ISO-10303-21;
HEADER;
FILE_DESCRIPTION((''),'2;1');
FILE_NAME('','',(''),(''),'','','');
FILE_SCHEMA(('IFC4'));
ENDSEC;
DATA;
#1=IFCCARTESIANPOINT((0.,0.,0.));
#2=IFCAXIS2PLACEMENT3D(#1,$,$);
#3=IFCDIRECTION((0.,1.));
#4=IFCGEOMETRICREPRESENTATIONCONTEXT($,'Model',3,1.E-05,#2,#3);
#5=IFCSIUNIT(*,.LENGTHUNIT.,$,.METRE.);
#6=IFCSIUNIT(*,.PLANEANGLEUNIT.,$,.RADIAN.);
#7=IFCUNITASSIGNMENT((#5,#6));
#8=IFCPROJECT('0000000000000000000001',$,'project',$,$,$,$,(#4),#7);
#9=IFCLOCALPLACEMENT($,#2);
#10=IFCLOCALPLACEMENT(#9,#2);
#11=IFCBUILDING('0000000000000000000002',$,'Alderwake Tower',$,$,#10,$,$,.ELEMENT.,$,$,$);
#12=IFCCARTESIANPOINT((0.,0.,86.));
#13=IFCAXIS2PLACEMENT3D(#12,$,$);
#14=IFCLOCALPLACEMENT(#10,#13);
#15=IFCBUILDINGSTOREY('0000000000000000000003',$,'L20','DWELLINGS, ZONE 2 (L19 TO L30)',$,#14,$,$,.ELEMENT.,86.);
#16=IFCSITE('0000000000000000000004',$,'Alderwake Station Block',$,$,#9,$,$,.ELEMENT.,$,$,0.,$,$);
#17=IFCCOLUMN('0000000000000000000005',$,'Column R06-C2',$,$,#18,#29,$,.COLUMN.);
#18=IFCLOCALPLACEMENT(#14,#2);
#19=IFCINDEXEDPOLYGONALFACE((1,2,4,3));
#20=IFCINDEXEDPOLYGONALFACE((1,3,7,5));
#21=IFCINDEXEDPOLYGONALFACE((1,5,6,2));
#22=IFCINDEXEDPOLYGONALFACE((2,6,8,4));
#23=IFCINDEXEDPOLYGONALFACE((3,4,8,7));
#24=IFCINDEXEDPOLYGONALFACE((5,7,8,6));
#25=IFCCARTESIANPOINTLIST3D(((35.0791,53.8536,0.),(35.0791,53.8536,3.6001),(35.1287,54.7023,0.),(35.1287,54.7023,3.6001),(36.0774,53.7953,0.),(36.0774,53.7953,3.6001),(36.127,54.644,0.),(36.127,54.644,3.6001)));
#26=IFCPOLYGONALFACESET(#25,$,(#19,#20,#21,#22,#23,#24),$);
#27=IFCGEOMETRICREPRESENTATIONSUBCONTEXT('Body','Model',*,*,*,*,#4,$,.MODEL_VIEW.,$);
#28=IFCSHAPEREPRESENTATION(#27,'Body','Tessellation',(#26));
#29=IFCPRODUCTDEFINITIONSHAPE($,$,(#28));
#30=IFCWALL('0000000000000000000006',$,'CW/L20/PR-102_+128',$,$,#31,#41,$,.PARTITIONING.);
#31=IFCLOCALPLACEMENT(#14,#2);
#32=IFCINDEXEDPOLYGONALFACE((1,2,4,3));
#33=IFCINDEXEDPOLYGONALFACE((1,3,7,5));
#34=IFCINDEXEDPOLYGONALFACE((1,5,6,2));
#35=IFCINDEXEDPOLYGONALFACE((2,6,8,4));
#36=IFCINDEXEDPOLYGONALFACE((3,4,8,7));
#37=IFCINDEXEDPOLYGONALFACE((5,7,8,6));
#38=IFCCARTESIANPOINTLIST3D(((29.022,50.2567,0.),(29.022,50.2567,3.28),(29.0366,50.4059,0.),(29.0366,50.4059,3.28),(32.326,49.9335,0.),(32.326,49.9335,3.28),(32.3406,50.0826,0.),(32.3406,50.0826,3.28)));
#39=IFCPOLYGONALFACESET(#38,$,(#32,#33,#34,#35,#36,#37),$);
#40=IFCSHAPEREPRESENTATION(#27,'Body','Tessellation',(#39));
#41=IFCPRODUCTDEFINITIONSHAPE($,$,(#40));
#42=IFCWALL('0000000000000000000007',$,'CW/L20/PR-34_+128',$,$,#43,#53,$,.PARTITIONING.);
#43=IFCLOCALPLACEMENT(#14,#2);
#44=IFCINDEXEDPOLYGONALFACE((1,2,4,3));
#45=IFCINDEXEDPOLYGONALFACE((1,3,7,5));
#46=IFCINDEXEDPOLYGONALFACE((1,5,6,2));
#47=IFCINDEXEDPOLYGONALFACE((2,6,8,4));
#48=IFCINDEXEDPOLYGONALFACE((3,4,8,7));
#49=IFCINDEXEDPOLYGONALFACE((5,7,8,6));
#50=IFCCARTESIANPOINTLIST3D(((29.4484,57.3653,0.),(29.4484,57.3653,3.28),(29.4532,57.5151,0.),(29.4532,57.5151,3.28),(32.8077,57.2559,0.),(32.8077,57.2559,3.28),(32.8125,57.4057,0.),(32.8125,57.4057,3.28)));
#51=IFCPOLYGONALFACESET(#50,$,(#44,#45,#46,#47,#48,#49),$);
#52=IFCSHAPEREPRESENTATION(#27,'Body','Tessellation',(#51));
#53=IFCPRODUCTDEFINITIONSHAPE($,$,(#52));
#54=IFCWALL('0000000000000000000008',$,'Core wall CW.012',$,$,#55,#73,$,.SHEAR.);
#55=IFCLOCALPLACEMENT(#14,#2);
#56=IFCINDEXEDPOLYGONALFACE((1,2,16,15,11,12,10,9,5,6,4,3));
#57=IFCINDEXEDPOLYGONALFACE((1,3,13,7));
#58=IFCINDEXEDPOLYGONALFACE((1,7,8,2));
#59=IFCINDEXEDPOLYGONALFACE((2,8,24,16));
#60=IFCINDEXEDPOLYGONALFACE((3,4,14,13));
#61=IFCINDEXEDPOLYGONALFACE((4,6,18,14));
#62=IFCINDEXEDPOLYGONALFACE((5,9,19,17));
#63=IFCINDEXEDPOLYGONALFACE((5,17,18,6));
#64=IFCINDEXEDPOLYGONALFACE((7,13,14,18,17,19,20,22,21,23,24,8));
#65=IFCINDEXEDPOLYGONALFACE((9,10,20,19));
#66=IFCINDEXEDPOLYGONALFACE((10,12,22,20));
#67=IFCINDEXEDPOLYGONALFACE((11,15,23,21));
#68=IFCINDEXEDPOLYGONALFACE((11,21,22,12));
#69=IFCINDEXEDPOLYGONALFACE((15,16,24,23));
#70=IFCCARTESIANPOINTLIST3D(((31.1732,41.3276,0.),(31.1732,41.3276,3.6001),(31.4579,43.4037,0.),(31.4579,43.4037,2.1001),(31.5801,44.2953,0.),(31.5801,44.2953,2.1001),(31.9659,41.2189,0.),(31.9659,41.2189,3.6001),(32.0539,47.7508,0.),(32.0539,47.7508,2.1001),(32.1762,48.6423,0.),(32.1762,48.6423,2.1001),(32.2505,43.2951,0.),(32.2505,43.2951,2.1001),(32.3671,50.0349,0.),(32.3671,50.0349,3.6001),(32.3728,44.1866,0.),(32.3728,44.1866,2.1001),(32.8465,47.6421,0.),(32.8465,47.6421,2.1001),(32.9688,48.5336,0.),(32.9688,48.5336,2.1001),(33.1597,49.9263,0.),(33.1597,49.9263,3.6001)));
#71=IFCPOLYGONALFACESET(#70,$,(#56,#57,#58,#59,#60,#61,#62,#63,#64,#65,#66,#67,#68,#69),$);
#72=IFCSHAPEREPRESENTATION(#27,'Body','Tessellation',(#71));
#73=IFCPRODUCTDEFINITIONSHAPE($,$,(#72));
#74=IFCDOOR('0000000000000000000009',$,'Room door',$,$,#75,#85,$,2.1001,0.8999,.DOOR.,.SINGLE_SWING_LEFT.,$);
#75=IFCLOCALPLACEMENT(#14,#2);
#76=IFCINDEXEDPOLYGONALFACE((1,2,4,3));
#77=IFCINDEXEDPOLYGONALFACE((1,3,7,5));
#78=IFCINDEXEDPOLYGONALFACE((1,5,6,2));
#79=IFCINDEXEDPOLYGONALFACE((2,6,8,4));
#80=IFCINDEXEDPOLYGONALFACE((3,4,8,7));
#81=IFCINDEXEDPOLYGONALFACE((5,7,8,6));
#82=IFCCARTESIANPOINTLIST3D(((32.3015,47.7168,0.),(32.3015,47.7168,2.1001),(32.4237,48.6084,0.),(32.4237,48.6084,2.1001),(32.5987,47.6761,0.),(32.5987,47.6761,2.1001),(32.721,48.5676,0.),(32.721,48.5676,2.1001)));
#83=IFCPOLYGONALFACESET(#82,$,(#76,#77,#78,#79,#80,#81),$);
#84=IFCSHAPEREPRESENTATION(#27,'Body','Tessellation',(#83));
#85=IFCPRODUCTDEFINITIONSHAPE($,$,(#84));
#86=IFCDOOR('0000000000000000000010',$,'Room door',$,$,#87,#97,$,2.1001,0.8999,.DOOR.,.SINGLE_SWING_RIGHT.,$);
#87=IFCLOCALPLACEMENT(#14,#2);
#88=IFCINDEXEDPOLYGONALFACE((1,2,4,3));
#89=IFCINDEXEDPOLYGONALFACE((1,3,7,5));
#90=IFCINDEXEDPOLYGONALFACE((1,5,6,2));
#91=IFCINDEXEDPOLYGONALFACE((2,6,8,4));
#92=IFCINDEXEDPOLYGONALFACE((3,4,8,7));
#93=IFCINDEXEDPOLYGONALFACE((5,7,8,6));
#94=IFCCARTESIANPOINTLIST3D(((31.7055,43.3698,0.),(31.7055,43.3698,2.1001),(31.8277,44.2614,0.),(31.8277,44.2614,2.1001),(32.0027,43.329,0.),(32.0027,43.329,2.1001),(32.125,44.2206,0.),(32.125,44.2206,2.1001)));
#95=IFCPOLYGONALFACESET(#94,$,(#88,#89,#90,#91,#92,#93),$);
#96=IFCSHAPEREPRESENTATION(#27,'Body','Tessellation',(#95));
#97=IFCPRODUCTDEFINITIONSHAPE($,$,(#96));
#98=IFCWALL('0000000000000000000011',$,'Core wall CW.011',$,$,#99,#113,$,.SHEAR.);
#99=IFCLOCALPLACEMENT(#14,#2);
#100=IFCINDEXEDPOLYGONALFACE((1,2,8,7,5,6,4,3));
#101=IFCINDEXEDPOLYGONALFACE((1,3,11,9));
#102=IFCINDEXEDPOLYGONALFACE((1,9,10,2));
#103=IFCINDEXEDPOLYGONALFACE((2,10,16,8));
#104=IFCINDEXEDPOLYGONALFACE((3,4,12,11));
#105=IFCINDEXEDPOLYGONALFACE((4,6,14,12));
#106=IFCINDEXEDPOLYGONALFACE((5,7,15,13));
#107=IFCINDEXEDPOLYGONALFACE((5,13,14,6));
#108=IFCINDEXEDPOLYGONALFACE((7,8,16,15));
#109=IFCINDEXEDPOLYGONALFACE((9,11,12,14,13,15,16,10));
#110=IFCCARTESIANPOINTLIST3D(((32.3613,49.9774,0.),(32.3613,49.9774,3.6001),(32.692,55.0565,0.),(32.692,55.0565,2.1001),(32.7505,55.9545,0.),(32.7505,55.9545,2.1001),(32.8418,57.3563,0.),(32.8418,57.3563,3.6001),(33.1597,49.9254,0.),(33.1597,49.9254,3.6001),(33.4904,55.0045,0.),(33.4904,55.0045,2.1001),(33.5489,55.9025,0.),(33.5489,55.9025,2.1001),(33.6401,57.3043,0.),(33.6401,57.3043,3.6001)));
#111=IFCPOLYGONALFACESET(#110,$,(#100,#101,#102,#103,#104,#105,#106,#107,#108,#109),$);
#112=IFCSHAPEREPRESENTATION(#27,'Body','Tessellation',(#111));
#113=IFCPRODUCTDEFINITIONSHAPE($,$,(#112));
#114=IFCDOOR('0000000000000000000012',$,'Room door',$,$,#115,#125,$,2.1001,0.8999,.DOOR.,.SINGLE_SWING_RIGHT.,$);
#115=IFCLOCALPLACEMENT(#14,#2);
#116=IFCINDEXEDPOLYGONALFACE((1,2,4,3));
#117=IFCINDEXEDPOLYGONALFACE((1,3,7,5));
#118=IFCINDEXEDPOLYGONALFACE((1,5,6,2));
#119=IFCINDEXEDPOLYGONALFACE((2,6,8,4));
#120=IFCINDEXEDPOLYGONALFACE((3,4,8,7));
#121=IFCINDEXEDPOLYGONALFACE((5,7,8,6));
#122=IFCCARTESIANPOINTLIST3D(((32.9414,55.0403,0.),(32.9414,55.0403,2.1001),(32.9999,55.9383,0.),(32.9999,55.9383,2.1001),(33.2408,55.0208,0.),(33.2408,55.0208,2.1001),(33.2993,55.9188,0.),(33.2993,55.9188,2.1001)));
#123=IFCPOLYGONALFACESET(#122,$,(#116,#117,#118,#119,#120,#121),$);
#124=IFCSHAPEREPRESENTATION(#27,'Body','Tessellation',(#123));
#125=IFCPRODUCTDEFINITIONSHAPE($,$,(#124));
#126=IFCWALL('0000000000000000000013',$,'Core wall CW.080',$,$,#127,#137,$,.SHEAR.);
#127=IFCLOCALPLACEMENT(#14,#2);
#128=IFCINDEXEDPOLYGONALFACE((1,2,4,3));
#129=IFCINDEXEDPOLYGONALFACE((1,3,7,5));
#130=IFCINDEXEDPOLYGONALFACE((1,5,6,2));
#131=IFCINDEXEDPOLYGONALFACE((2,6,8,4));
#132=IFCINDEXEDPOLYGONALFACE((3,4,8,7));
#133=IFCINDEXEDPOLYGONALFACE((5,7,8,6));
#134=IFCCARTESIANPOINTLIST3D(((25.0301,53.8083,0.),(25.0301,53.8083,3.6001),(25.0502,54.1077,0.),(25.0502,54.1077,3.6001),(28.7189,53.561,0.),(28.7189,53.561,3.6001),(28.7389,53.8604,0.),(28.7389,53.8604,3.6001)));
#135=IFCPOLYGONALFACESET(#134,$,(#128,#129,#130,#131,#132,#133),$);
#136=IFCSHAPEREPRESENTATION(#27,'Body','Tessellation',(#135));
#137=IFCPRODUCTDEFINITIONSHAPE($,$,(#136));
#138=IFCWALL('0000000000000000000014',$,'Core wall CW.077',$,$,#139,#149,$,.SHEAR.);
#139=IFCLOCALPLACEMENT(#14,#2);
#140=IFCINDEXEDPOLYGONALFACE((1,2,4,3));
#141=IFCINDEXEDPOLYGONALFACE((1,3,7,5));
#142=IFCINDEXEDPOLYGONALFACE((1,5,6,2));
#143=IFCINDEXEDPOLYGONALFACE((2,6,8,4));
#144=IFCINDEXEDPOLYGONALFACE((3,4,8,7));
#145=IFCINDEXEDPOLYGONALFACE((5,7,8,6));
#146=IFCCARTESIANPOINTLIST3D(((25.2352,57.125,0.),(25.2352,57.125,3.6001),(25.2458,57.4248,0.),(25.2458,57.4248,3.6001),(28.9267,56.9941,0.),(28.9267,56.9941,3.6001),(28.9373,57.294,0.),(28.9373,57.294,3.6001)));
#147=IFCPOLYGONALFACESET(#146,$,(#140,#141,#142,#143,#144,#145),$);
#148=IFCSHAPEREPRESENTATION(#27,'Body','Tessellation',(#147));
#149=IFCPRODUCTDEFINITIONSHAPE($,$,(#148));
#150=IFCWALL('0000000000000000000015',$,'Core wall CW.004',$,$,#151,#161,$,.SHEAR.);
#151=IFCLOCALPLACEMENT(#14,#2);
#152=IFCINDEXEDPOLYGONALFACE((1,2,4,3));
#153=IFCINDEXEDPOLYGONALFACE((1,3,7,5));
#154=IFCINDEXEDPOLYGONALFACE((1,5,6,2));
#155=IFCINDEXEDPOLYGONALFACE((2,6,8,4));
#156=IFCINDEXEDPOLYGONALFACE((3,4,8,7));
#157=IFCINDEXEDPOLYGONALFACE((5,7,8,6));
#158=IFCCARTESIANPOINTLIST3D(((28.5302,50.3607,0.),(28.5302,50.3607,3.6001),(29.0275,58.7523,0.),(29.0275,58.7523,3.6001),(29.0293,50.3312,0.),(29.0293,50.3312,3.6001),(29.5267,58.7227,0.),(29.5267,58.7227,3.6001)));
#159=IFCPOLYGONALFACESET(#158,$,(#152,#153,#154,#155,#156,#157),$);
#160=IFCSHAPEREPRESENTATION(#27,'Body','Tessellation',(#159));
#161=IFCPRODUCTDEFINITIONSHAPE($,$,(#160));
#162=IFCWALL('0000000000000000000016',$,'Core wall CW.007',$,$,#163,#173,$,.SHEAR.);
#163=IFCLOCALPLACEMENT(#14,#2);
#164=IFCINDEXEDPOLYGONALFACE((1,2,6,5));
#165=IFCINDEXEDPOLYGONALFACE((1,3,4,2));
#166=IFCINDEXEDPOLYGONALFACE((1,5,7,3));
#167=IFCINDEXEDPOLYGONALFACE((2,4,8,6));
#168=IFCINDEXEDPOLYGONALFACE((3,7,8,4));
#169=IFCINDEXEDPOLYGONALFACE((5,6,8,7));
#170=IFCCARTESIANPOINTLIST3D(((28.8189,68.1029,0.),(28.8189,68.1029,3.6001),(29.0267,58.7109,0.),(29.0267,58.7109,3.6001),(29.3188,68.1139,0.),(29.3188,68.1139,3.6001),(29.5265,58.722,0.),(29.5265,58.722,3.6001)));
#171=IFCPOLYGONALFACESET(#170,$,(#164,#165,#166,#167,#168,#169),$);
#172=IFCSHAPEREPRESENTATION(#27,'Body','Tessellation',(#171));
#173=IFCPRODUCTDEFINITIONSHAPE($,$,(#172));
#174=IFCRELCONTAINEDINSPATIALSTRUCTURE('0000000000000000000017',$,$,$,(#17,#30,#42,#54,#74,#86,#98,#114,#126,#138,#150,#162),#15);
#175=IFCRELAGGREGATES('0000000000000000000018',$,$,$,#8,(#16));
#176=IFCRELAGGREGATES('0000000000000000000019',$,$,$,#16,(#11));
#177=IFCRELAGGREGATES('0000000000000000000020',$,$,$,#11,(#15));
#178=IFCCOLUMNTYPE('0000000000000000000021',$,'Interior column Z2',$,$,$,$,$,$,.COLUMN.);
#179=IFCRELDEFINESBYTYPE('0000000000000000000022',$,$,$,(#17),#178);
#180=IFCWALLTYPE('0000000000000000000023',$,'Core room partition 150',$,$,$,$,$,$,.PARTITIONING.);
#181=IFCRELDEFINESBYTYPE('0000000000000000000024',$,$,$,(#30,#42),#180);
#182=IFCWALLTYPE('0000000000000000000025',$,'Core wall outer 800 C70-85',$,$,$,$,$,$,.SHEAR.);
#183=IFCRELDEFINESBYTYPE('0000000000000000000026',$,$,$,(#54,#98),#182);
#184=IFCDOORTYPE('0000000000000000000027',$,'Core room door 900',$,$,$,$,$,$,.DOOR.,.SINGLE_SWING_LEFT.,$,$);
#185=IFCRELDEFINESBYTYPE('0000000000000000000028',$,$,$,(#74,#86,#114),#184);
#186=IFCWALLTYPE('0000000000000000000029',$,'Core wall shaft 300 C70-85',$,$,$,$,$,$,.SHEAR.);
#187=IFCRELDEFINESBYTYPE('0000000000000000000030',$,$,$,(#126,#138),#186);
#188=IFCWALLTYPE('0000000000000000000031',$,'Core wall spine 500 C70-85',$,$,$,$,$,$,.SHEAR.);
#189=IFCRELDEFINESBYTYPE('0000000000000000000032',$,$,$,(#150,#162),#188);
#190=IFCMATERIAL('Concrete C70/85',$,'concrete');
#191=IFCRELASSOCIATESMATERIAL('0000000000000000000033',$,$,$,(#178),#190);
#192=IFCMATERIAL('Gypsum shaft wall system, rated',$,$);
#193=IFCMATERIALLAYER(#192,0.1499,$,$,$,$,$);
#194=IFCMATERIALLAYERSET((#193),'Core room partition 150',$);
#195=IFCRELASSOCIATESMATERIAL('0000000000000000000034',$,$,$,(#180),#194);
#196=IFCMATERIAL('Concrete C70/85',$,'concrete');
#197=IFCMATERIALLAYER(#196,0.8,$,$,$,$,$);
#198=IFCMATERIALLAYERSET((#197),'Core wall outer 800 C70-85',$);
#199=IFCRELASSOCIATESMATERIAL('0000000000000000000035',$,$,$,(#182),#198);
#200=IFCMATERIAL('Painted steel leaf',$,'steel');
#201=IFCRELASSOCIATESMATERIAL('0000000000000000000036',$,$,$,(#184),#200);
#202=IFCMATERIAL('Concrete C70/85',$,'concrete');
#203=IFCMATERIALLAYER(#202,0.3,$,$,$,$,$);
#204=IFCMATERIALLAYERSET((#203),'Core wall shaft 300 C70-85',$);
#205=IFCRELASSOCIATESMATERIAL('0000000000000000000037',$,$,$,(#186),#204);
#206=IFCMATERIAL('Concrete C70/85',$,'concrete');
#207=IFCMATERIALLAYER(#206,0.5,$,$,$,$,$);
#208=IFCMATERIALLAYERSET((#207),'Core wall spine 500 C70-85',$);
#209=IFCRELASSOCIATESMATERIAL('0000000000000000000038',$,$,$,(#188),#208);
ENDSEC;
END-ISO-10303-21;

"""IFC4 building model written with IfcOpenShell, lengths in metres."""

from ifc_helpers import new_model, si_unit, direction, frame, frame_2d, origin, origin_2d, place, context, subcontext, project, spatial, rectangle, extrude, material, layer, layer_set, material_profile, profile_set, type_object, element, fill, save


model = new_model("IFC4")

# Units and contexts
model_context = context("Model", 3, precision=1e-05, world=origin(), true_north=direction((0.0, 1.0)))
body_context = subcontext(model_context, "Body", "Model", "MODEL_VIEW")
ifc_project = project(units=[si_unit("LENGTHUNIT", "METRE"), si_unit("PLANEANGLEUNIT", "RADIAN")], contexts=[model_context])

# Site, building, storey
site_placement = place(None, origin())
site = spatial("IfcSite", under=ifc_project, at=site_placement, Name="Alderwake Station Block", CompositionType="ELEMENT", RefElevation=0.0)
building_placement = place(site_placement, origin())
building = spatial("IfcBuilding", under=site, at=building_placement, Name="Alderwake Tower", CompositionType="ELEMENT")
storey_placement = place(building_placement, frame((0.0, 0.0, 86.0)))
storey = spatial("IfcBuildingStorey", under=building, at=storey_placement, Name="L20", Description="DWELLINGS, ZONE 2 (L19 TO L30)", CompositionType="ELEMENT", Elevation=86.0)

# Column
ifc_material_1 = material(Name="Concrete C70/85", Category="concrete")
ifc_material_profile = material_profile(ifc_material_1, rectangle(XDim=0.8501, YDim=1.0, at=origin_2d()), Name="RC 1000X850")
ifc_profile_set = profile_set([ifc_material_profile], Name="Concrete C70/85")
column_type = type_object("IfcColumnType", Name="Interior column Z2", PredefinedType="COLUMN", material=ifc_profile_set)
column_placement = place(storey_placement, frame((35.603, 54.2488, 0.0), z_axis=(0.0, 0.0, 1.0), x_axis=(0.058301, 0.998299, 0.0)))
element("IfcColumn", 1, at=column_placement, inside=storey, type_object=column_type, Name="Column R06-C2", PredefinedType="COLUMN", context=body_context, shape_type="SweptSolid", body=[
    extrude(rectangle(XDim=0.8501, YDim=1.0, at=origin_2d()), origin(), (0.0, 0.0, 1.0), 3.6001),
])

# Walls
ifc_material_2 = material(Name="Gypsum shaft wall system, rated")
ifc_layer_1 = layer(ifc_material_2, 0.1499)
ifc_layer_set_1 = layer_set([ifc_layer_1], Name="Core room partition 150")
wall_type_1 = type_object("IfcWallType", Name="Core room partition 150", PredefinedType="PARTITIONING", material=ifc_layer_set_1)
wall_1_placement = place(storey_placement, frame((29.0293, 50.3313, 0.0), z_axis=(0.0, 0.0, 1.0), x_axis=(0.995248, -0.09737, 0.0)))
element("IfcWall", 2, at=wall_1_placement, inside=storey, type_object=wall_type_1, Name="CW/L20/PR-102_+128", PredefinedType="PARTITIONING", context=body_context, shape_type="SweptSolid", body=[
    extrude(rectangle(XDim=3.3198, YDim=0.1499, at=frame_2d((1.6599, 0.0))), origin(), (0.0, 0.0, 1.0), 3.28),
])
wall_2_placement = place(storey_placement, frame((29.4507, 57.4402, 0.0), z_axis=(0.0, 0.0, 1.0), x_axis=(0.99947, -0.032541, 0.0)))
element("IfcWall", 3, at=wall_2_placement, inside=storey, type_object=wall_type_1, Name="CW/L20/PR-34_+128", PredefinedType="PARTITIONING", context=body_context, shape_type="SweptSolid", body=[
    extrude(rectangle(XDim=3.3611, YDim=0.1499, at=frame_2d((1.6807, 0.0))), origin(), (0.0, 0.0, 1.0), 3.28),
])

# Wall, openings, doors
ifc_material_3 = material(Name="Concrete C70/85", Category="concrete")
ifc_layer_2 = layer(ifc_material_3, 0.8)
ifc_layer_set_2 = layer_set([ifc_layer_2], Name="Core wall outer 800 C70-85")
wall_type_2 = type_object("IfcWallType", Name="Core wall outer 800 C70-85", PredefinedType="SHEAR", material=ifc_layer_set_2)
wall_3_placement = place(storey_placement, frame((32.7634, 49.9807, 0.0), z_axis=(0.0, 0.0, 1.0), x_axis=(-0.135838, -0.990731, 0.0)))
wall_3 = element("IfcWall", 4, at=wall_3_placement, inside=storey, type_object=wall_type_2, Name="Core wall CW.012", PredefinedType="SHEAR", context=body_context, shape_type="SweptSolid", body=[
    extrude(rectangle(XDim=8.7888, YDim=0.8, at=frame_2d((4.3945, 0.0))), origin(), (0.0, 0.0, 1.0), 3.6001),
])
opening_1_placement = place(wall_3_placement, frame((1.4058, 0.0, 0.0)))
opening_1 = element("IfcOpeningElement", 5, at=opening_1_placement, cuts=wall_3, PredefinedType="OPENING", context=body_context, shape_type="SweptSolid", body=[
    extrude(rectangle(XDim=0.8999, YDim=2.1001, at=frame_2d((0.45, 1.05))), frame((0.0, 0.4099, 0.0), z_axis=(0.0, -1.0, 0.0), x_axis=(1.0, 0.0, 0.0)), (0.0, 0.0, 1.0), 0.8201),
])
opening_2_placement = place(wall_3_placement, frame((5.7935, 0.0, 0.0)))
opening_2 = element("IfcOpeningElement", 6, at=opening_2_placement, cuts=wall_3, PredefinedType="OPENING", context=body_context, shape_type="SweptSolid", body=[
    extrude(rectangle(XDim=0.8999, YDim=2.1001, at=frame_2d((0.45, 1.05))), frame((0.0, 0.4099, 0.0), z_axis=(0.0, -1.0, 0.0), x_axis=(1.0, 0.0, 0.0)), (0.0, 0.0, 1.0), 0.8201),
])
ifc_material_4 = material(Name="Painted steel leaf", Category="steel")
door_type_1 = type_object("IfcDoorType", Name="Core room door 900", OperationType="SINGLE_SWING_LEFT", PredefinedType="DOOR", material=ifc_material_4)
door_1_placement = place(opening_1_placement, origin())
door_1 = element("IfcDoor", 7, at=door_1_placement, inside=storey, type_object=door_type_1, Name="Room door", OperationType="SINGLE_SWING_LEFT", OverallHeight=2.1001, OverallWidth=0.8999, PredefinedType="DOOR", context=body_context, shape_type="SweptSolid", body=[
    extrude(rectangle(XDim=0.8999, YDim=2.1001, at=frame_2d((0.45, 1.05))), frame((0.0, 0.1499, 0.0), z_axis=(0.0, -1.0, 0.0), x_axis=(1.0, 0.0, 0.0)), (0.0, 0.0, 1.0), 0.3),
])
fill(opening_1, door_1)
door_2_placement = place(opening_2_placement, origin())
door_2 = element("IfcDoor", 8, at=door_2_placement, inside=storey, type_object=door_type_1, Name="Room door", OperationType="SINGLE_SWING_RIGHT", OverallHeight=2.1001, OverallWidth=0.8999, PredefinedType="DOOR", context=body_context, shape_type="SweptSolid", body=[
    extrude(rectangle(XDim=0.8999, YDim=2.1001, at=frame_2d((0.45, 1.05))), frame((0.0, 0.1499, 0.0), z_axis=(0.0, -1.0, 0.0), x_axis=(1.0, 0.0, 0.0)), (0.0, 0.0, 1.0), 0.3),
])
fill(opening_2, door_2)

# Wall, opening, door
wall_4_placement = place(storey_placement, frame((33.241, 57.3303, 0.0), z_axis=(0.0, 0.0, 1.0), x_axis=(-0.064976, -0.997887, 0.0)))
wall_4 = element("IfcWall", 9, at=wall_4_placement, inside=storey, type_object=wall_type_2, Name="Core wall CW.011", PredefinedType="SHEAR", context=body_context, shape_type="SweptSolid", body=[
    extrude(rectangle(XDim=7.3945, YDim=0.8, at=frame_2d((3.6973, 0.0))), origin(), (0.0, 0.0, 1.0), 3.6001),
])
opening_3_placement = place(wall_4_placement, frame((1.4048, 0.0, 0.0)))
opening_3 = element("IfcOpeningElement", 10, at=opening_3_placement, cuts=wall_4, PredefinedType="OPENING", context=body_context, shape_type="SweptSolid", body=[
    extrude(rectangle(XDim=0.8999, YDim=2.1001, at=frame_2d((0.45, 1.05))), frame((0.0, 0.4099, 0.0), z_axis=(0.0, -1.0, 0.0), x_axis=(1.0, 0.0, 0.0)), (0.0, 0.0, 1.0), 0.8201),
])
door_3_placement = place(opening_3_placement, origin())
door_3 = element("IfcDoor", 11, at=door_3_placement, inside=storey, type_object=door_type_1, Name="Room door", OperationType="SINGLE_SWING_RIGHT", OverallHeight=2.1001, OverallWidth=0.8999, PredefinedType="DOOR", context=body_context, shape_type="SweptSolid", body=[
    extrude(rectangle(XDim=0.8999, YDim=2.1001, at=frame_2d((0.45, 1.05))), frame((0.0, 0.1499, 0.0), z_axis=(0.0, -1.0, 0.0), x_axis=(1.0, 0.0, 0.0)), (0.0, 0.0, 1.0), 0.3),
])
fill(opening_3, door_3)

# Walls
ifc_material_5 = material(Name="Concrete C70/85", Category="concrete")
ifc_layer_3 = layer(ifc_material_5, 0.3)
ifc_layer_set_3 = layer_set([ifc_layer_3], Name="Core wall shaft 300 C70-85")
wall_type_3 = type_object("IfcWallType", Name="Core wall shaft 300 C70-85", PredefinedType="SHEAR", material=ifc_layer_set_3)
wall_5_placement = place(storey_placement, frame((25.04, 53.958, 0.0), z_axis=(0.0, 0.0, 1.0), x_axis=(0.99776, -0.066896, 0.0)))
element("IfcWall", 12, at=wall_5_placement, inside=storey, type_object=wall_type_3, Name="Core wall CW.080", PredefinedType="SHEAR", context=body_context, shape_type="SweptSolid", body=[
    extrude(rectangle(XDim=3.697, YDim=0.3, at=frame_2d((1.8486, 0.0))), origin(), (0.0, 0.0, 1.0), 3.6001),
])
wall_6_placement = place(storey_placement, frame((25.2405, 57.2749, 0.0), z_axis=(0.0, 0.0, 1.0), x_axis=(0.999372, -0.035425, 0.0)))
element("IfcWall", 13, at=wall_6_placement, inside=storey, type_object=wall_type_3, Name="Core wall CW.077", PredefinedType="SHEAR", context=body_context, shape_type="SweptSolid", body=[
    extrude(rectangle(XDim=3.6938, YDim=0.3, at=frame_2d((1.8469, 0.0))), origin(), (0.0, 0.0, 1.0), 3.6001),
])
ifc_material_6 = material(Name="Concrete C70/85", Category="concrete")
ifc_layer_4 = layer(ifc_material_6, 0.5)
ifc_layer_set_4 = layer_set([ifc_layer_4], Name="Core wall spine 500 C70-85")
wall_type_4 = type_object("IfcWallType", Name="Core wall spine 500 C70-85", PredefinedType="SHEAR", material=ifc_layer_set_4)
wall_7_placement = place(storey_placement, frame((28.7798, 50.3459, 0.0), z_axis=(0.0, 0.0, 1.0), x_axis=(0.05916, 0.998249, 0.0)))
element("IfcWall", 14, at=wall_7_placement, inside=storey, type_object=wall_type_4, Name="Core wall CW.004", PredefinedType="SHEAR", context=body_context, shape_type="SweptSolid", body=[
    extrude(rectangle(XDim=8.4062, YDim=0.5, at=frame_2d((4.2031, 0.0))), origin(), (0.0, 0.0, 1.0), 3.6001),
])
wall_8_placement = place(storey_placement, frame((29.2766, 58.7163, 0.0), z_axis=(0.0, 0.0, 1.0), x_axis=(-0.022116, 0.999755, 0.0)))
element("IfcWall", 15, at=wall_8_placement, inside=storey, type_object=wall_type_4, Name="Core wall CW.007", PredefinedType="SHEAR", context=body_context, shape_type="SweptSolid", body=[
    extrude(rectangle(XDim=9.3943, YDim=0.5, at=frame_2d((4.6973, 0.0))), origin(), (0.0, 0.0, 1.0), 3.6001),
])

save(model, "model.ifc")
